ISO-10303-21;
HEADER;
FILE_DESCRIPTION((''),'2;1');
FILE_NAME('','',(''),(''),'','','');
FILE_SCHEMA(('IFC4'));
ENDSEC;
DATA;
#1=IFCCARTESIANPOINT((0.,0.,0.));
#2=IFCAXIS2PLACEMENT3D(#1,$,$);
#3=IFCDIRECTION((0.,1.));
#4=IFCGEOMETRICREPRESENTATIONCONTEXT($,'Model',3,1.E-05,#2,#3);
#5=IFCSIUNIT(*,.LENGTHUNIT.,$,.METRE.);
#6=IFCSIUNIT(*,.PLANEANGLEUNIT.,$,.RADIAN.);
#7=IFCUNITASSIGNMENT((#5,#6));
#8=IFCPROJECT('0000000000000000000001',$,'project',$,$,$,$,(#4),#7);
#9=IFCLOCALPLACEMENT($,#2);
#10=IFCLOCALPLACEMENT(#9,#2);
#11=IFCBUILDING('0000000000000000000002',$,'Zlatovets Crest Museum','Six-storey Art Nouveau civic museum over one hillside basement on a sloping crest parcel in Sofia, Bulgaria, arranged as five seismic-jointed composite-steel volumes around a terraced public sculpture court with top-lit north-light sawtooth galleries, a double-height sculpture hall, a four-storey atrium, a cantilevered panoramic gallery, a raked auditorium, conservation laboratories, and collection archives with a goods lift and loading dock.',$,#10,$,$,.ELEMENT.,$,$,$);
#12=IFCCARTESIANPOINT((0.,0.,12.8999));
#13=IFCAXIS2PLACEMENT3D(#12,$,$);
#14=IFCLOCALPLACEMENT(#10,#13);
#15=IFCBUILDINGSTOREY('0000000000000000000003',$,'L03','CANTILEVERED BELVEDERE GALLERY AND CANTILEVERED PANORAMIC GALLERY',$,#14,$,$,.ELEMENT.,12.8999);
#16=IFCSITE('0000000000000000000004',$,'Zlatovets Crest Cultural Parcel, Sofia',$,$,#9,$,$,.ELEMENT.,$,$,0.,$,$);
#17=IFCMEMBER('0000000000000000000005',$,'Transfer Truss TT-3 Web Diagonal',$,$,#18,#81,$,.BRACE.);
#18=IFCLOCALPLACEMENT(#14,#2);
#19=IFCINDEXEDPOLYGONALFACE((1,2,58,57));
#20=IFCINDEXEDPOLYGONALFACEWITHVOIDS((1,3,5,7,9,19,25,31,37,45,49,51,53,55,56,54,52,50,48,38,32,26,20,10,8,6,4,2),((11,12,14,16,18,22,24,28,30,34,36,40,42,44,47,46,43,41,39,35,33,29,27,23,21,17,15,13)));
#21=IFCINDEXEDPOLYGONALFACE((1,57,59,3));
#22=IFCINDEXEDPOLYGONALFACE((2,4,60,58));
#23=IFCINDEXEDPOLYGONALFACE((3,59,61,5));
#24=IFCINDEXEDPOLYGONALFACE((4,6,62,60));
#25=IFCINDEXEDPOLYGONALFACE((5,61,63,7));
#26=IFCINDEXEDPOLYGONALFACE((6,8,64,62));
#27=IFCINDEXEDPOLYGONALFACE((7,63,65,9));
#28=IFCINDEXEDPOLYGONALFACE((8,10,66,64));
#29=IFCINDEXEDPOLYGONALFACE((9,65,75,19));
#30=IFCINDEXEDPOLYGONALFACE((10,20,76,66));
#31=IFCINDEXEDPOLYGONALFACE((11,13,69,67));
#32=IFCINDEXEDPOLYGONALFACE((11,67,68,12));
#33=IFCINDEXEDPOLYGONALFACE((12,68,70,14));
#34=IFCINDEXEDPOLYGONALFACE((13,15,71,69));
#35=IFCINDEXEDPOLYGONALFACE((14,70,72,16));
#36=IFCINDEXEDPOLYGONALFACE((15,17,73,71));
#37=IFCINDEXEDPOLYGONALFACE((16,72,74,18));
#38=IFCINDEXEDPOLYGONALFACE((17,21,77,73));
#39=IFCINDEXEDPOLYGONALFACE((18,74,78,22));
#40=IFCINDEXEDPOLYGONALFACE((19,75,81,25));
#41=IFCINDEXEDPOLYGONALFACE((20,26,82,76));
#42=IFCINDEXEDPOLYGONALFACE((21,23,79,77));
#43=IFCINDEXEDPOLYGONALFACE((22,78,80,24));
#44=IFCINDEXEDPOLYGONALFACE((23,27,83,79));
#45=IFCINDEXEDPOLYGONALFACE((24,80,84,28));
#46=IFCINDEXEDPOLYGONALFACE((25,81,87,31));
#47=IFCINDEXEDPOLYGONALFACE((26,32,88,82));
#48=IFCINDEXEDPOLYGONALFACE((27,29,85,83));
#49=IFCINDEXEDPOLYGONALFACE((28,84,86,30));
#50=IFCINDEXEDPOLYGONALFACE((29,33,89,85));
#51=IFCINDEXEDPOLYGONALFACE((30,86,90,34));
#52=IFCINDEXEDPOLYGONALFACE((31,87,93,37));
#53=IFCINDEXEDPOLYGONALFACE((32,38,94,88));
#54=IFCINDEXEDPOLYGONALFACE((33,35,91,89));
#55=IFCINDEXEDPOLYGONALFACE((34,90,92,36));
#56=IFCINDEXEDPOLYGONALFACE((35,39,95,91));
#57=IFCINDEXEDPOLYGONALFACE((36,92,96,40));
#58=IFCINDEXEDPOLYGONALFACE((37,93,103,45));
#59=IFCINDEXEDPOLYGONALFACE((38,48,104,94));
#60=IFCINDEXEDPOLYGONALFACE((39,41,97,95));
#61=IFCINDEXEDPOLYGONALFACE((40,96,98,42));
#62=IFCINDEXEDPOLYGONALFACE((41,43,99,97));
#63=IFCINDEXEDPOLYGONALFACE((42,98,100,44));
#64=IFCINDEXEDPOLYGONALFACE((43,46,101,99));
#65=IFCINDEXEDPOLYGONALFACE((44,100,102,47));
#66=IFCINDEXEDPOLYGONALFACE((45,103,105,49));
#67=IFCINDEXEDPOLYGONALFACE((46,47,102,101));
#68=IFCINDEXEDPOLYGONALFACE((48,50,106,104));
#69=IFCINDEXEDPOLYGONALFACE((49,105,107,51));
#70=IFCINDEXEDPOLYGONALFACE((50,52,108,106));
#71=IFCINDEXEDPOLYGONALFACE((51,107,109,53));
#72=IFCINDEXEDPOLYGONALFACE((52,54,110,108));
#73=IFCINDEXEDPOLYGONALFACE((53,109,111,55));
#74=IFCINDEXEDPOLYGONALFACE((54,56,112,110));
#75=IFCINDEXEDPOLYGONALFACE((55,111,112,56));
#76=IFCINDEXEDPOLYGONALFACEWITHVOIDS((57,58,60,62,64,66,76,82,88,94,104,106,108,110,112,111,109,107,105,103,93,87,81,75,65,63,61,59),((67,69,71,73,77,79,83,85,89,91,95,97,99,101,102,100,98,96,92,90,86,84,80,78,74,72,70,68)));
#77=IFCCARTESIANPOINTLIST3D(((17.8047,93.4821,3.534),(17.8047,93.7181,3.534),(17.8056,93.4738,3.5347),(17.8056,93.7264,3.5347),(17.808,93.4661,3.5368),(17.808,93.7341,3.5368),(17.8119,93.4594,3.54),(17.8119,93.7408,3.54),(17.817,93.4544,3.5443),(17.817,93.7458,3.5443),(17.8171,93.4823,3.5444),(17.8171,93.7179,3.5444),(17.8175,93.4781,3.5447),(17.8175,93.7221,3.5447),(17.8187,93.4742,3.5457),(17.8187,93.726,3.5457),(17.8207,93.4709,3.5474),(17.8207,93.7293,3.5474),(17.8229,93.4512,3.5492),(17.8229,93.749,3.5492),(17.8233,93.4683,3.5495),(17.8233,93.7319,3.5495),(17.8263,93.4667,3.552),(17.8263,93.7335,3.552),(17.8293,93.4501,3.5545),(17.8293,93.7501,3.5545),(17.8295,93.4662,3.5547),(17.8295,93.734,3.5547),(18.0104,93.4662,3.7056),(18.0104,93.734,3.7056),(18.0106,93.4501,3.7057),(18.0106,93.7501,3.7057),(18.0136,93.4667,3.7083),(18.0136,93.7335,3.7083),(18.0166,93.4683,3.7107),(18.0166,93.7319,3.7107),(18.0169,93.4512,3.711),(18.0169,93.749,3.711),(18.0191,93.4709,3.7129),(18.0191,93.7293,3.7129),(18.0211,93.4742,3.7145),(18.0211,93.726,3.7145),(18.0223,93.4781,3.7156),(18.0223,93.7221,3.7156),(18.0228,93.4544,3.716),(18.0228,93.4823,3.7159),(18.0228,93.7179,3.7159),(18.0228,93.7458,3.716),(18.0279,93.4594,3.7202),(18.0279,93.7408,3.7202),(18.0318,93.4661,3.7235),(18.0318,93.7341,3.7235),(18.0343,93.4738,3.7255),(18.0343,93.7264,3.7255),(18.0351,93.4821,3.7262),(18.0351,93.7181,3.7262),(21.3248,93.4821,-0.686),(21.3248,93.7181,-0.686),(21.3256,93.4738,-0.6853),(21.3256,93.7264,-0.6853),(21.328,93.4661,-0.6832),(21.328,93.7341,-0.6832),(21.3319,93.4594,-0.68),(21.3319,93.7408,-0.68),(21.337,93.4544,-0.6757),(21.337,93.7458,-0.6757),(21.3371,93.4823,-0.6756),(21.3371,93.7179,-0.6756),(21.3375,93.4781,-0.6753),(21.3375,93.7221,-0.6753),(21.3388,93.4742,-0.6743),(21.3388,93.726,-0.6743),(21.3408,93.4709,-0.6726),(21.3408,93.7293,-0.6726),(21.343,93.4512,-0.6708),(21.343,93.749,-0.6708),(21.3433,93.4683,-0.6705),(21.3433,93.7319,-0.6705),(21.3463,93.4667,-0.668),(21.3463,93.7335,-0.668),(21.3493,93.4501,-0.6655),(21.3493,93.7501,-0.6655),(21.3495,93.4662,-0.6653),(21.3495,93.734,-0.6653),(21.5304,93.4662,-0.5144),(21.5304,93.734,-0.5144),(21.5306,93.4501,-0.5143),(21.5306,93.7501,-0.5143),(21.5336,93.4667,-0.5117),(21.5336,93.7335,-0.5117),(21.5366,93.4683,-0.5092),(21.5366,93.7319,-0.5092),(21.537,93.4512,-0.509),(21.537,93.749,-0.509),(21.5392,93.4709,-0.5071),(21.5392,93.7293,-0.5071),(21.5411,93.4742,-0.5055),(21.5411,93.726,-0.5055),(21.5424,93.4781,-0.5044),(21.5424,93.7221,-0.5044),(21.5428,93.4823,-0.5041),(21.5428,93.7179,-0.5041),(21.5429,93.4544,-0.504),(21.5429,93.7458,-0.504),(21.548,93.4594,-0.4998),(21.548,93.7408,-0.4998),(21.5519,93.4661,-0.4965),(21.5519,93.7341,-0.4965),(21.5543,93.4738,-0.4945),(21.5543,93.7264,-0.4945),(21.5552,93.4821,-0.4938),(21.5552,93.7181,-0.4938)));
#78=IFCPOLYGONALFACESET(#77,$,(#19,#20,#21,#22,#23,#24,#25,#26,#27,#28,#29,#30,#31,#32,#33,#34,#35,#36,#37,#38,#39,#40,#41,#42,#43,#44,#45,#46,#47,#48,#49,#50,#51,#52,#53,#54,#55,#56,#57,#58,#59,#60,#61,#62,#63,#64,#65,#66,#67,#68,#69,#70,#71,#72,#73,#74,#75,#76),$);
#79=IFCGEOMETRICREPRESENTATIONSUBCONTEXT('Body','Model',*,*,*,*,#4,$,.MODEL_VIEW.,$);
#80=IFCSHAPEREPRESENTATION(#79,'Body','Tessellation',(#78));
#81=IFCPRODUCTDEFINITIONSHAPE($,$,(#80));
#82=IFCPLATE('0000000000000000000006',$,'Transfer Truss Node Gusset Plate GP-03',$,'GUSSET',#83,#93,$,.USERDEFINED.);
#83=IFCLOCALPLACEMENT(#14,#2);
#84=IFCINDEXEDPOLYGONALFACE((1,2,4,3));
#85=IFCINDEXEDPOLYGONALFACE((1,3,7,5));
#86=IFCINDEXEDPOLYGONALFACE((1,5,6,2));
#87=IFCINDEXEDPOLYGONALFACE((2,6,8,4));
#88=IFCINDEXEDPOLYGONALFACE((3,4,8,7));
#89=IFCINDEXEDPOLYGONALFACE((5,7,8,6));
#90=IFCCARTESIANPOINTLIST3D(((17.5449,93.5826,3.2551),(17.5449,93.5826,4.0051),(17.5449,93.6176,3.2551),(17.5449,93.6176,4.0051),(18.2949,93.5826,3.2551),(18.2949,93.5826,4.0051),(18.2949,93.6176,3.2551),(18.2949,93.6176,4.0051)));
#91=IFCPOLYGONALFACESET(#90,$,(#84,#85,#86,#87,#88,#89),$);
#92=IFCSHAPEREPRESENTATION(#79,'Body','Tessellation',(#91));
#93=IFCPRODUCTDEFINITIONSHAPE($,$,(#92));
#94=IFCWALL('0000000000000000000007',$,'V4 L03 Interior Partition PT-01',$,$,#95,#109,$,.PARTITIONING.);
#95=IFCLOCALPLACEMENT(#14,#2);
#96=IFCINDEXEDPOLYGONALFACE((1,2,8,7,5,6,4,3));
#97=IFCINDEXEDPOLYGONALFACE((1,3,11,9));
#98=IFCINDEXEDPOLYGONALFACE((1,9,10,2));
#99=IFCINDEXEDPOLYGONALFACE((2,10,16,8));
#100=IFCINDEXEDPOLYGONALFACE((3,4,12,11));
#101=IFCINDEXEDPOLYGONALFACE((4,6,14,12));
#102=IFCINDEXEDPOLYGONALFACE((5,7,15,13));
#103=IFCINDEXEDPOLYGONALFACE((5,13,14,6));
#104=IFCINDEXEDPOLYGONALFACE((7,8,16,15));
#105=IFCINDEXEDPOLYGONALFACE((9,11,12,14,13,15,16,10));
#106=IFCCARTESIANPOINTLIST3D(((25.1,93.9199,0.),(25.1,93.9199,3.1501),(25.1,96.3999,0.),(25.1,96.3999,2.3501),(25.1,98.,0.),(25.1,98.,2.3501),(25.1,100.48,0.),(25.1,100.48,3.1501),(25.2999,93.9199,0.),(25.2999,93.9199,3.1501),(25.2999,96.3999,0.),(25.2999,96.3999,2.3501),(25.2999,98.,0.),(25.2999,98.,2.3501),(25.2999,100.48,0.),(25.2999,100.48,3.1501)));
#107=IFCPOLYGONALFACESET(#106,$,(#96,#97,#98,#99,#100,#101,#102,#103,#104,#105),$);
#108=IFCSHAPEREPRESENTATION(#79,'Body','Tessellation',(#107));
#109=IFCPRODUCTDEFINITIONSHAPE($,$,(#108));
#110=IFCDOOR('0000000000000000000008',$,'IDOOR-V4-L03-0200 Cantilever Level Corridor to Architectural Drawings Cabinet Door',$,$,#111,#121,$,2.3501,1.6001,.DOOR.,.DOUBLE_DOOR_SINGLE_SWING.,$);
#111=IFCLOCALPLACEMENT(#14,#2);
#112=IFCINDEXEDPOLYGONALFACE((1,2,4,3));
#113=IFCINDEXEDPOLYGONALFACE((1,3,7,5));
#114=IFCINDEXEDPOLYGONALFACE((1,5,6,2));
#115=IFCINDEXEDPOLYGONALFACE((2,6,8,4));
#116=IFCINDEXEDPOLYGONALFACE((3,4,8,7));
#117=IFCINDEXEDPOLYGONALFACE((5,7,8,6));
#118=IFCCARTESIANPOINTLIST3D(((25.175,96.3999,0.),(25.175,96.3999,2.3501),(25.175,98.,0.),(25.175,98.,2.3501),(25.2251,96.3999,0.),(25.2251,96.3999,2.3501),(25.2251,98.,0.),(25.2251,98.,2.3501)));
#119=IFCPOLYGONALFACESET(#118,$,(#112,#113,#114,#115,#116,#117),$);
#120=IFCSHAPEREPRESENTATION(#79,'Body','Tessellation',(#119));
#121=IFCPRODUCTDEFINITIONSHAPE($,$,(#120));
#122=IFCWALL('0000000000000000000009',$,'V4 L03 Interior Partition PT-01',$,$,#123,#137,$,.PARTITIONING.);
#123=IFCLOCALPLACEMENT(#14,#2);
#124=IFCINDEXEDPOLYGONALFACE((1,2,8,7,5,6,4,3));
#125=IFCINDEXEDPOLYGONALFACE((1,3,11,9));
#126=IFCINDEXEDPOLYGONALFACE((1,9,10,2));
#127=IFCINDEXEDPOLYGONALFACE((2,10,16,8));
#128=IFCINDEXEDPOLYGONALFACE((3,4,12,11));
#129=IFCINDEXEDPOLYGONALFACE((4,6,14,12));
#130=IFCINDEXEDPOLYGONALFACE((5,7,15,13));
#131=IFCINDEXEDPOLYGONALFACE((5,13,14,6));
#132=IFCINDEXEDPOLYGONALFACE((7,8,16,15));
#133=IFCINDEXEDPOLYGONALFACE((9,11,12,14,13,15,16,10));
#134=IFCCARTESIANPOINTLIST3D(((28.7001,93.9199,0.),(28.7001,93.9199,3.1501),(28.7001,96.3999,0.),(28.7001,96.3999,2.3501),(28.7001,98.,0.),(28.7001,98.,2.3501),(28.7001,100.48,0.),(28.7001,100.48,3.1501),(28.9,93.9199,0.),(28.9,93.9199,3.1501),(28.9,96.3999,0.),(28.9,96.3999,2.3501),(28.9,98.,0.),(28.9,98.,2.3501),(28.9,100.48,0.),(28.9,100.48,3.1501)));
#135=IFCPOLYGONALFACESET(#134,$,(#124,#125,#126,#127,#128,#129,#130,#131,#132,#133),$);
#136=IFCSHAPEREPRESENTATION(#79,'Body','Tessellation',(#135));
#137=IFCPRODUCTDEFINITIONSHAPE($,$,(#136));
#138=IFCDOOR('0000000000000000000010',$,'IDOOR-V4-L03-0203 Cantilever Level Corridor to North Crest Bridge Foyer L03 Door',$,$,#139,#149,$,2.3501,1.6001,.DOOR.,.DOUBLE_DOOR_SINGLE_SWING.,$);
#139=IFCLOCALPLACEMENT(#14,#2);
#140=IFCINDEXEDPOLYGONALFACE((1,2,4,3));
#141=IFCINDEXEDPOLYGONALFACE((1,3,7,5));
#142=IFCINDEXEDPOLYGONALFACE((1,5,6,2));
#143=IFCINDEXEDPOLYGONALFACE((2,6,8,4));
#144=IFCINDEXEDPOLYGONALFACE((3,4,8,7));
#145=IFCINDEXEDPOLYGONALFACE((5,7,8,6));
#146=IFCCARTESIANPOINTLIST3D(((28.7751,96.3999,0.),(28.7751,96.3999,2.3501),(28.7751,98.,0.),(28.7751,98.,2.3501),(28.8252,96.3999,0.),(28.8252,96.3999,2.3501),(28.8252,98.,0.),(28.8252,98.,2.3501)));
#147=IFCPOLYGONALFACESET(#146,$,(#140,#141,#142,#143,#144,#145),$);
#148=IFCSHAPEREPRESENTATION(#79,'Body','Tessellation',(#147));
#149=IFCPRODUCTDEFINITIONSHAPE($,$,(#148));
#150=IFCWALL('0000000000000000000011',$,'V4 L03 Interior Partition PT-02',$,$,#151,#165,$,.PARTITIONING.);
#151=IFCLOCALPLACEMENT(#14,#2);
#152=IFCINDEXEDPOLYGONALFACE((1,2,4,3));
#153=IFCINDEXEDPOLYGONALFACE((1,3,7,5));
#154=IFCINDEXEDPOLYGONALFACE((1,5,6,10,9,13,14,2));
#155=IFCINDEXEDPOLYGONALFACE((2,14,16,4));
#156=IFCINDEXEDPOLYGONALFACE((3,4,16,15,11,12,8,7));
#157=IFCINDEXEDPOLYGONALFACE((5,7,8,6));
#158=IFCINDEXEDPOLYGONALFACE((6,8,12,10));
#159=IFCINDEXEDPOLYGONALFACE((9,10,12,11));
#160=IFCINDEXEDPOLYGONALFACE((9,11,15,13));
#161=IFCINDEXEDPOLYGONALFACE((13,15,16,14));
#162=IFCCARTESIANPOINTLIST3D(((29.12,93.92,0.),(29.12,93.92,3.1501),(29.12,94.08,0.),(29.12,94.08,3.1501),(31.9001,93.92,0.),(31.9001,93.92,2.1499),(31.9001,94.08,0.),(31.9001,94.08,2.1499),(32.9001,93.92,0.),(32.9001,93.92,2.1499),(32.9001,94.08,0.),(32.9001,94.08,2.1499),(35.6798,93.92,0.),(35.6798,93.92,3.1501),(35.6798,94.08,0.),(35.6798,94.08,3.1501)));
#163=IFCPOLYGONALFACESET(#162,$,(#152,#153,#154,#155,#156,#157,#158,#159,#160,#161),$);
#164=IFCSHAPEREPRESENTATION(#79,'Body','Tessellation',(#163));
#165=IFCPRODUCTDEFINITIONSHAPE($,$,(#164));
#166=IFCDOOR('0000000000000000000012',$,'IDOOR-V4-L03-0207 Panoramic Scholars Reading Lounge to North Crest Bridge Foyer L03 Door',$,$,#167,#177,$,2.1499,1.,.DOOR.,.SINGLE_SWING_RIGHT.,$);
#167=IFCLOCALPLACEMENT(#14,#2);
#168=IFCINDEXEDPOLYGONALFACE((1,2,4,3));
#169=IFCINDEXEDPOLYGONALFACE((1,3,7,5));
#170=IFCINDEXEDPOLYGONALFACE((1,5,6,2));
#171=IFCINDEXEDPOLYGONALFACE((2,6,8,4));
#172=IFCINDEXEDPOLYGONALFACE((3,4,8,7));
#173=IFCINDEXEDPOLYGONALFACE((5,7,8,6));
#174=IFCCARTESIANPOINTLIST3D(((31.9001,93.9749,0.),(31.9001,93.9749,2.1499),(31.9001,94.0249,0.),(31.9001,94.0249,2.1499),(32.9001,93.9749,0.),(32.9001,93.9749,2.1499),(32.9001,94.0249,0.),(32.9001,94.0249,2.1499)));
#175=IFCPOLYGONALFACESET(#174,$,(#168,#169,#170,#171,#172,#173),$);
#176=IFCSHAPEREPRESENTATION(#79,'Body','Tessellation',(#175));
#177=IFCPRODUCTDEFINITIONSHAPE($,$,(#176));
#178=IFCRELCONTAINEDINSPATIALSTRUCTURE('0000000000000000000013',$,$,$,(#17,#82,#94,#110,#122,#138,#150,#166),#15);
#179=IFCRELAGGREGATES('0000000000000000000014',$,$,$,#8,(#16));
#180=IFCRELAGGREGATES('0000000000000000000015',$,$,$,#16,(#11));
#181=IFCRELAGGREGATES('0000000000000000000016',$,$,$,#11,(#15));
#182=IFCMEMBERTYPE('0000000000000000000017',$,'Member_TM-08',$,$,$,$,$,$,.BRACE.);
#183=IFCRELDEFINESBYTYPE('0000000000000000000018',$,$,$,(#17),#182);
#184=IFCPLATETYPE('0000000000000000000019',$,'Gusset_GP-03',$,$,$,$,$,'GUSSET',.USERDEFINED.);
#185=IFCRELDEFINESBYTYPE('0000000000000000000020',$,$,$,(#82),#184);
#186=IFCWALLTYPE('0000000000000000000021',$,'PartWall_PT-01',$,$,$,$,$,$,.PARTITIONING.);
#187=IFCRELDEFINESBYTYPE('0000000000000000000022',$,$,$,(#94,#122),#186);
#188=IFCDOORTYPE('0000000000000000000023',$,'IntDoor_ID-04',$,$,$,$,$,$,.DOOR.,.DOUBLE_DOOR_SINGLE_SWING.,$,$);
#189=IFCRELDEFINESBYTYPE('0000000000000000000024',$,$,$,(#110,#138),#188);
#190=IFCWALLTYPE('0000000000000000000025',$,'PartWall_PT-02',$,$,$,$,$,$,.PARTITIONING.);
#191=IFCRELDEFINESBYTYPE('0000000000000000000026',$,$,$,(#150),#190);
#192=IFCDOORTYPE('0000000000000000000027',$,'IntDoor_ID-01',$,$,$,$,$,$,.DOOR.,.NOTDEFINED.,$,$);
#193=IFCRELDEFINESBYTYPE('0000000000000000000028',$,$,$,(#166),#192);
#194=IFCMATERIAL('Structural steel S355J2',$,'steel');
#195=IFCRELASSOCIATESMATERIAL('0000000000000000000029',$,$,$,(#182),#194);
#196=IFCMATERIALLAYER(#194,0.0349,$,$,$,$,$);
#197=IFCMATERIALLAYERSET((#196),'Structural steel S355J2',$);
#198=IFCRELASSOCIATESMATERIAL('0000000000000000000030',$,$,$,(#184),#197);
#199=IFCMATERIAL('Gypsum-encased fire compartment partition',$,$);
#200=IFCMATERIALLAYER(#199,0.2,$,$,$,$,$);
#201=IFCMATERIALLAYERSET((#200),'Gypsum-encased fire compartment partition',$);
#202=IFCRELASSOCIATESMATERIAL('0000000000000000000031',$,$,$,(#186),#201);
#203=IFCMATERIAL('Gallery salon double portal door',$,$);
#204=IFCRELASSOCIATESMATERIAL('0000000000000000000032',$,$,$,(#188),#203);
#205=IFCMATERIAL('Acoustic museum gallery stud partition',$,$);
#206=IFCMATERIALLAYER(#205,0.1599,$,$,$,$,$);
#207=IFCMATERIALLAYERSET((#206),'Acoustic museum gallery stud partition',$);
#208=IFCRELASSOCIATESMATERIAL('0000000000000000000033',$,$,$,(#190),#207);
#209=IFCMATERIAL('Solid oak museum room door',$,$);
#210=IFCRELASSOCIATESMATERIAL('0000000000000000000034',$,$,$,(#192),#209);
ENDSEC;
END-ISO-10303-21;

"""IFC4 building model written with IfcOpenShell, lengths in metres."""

from ifc_helpers import new_model, si_unit, direction, frame, frame_2d, origin, origin_2d, place, context, subcontext, project, spatial, rectangle, hollow_rectangle, extrude, material, layer, layer_set, material_profile, profile_set, type_object, element, fill, save


model = new_model("IFC4")

# Units and contexts
model_context = context("Model", 3, precision=1e-05, world=origin(), true_north=direction((0.0, 1.0)))
body_context = subcontext(model_context, "Body", "Model", "MODEL_VIEW")
ifc_project = project(units=[si_unit("LENGTHUNIT", "METRE"), si_unit("PLANEANGLEUNIT", "RADIAN")], contexts=[model_context])

# Site, building, storey
site_placement = place(None, origin())
site = spatial("IfcSite", under=ifc_project, at=site_placement, Name="Zlatovets Crest Cultural Parcel, Sofia", CompositionType="ELEMENT", RefElevation=0.0)
building_placement = place(site_placement, origin())
building = spatial("IfcBuilding", under=site, at=building_placement, Name="Zlatovets Crest Museum", Description="Six-storey Art Nouveau civic museum over one hillside basement on a sloping crest parcel in Sofia, Bulgaria, arranged as five seismic-jointed composite-steel volumes around a terraced public sculpture court with top-lit north-light sawtooth galleries, a double-height sculpture hall, a four-storey atrium, a cantilevered panoramic gallery, a raked auditorium, conservation laboratories, and collection archives with a goods lift and loading dock.", CompositionType="ELEMENT")
storey_placement = place(building_placement, frame((0.0, 0.0, 12.8999)))
storey = spatial("IfcBuildingStorey", under=building, at=storey_placement, Name="L03", Description="CANTILEVERED BELVEDERE GALLERY AND CANTILEVERED PANORAMIC GALLERY", CompositionType="ELEMENT", Elevation=12.8999)

# Shared definitions
ifc_material_1 = material(Name="Structural steel S355J2", Category="steel")

# Member
ifc_material_profile_1 = material_profile(ifc_material_1, hollow_rectangle(XDim=0.3, YDim=0.3, WallThickness=0.0161, InnerFilletRadius=0.0161, OuterFilletRadius=0.032, at=origin_2d()), Name="SHS 300x300x16.0")
ifc_profile_set_1 = profile_set([ifc_material_profile_1], Name="Structural steel S355J2")
member_type = type_object("IfcMemberType", Name="Member_TM-08", PredefinedType="BRACE", material=ifc_profile_set_1)
for number, where, z_axis, x_axis, name in (
    (1, (17.9199, 93.6001, 3.6301), (0.640547, 0.0, -0.767919), (0.0, 1.0, 0.0), "Transfer Truss TT-3 Web Diagonal"),
):
    element("IfcMember", number, at=place(storey_placement, frame(where, z_axis=z_axis, x_axis=x_axis)), inside=storey, type_object=member_type, Name=name, PredefinedType="BRACE", context=body_context, shape_type="SweptSolid", body=[
        extrude(hollow_rectangle(XDim=0.3, YDim=0.3, WallThickness=0.0161, InnerFilletRadius=0.0161, OuterFilletRadius=0.032, at=origin_2d()), origin(), (0.0, 0.0, 1.0), 5.4954),
    ])

# Plate
ifc_layer_1 = layer(ifc_material_1, 0.0349)
ifc_layer_set_1 = layer_set([ifc_layer_1], Name="Structural steel S355J2")
plate_type = type_object("IfcPlateType", Name="Gusset_GP-03", ElementType="GUSSET", PredefinedType="USERDEFINED", material=ifc_layer_set_1)
plate_placement = place(storey_placement, frame((17.9199, 93.6001, 3.2551), z_axis=(0.0, 0.0, 1.0), x_axis=(1.0, 0.0, 0.0)))
element("IfcPlate", 2, at=plate_placement, inside=storey, type_object=plate_type, Name="Transfer Truss Node Gusset Plate GP-03", ObjectType="GUSSET", PredefinedType="USERDEFINED", context=body_context, shape_type="SweptSolid", body=[
    extrude(rectangle(XDim=0.75, YDim=0.0349, at=origin_2d()), origin(), (0.0, 0.0, 1.0), 0.75),
])

# Walls, openings, doors
ifc_material_2 = material(Name="Gypsum-encased fire compartment partition")
ifc_layer_2 = layer(ifc_material_2, 0.2)
ifc_layer_set_2 = layer_set([ifc_layer_2], Name="Gypsum-encased fire compartment partition")
wall_type_1 = type_object("IfcWallType", Name="PartWall_PT-01", PredefinedType="PARTITIONING", material=ifc_layer_set_2)
wall_1_placement = place(storey_placement, frame((25.2, 93.9199, 0.0), z_axis=(0.0, 0.0, 1.0), x_axis=(0.0, 1.0, 0.0)))
wall_1 = element("IfcWall", 3, at=wall_1_placement, inside=storey, type_object=wall_type_1, Name="V4 L03 Interior Partition PT-01", PredefinedType="PARTITIONING", context=body_context, shape_type="SweptSolid", body=[
    extrude(rectangle(XDim=6.5601, YDim=0.2, at=frame_2d((3.28, 0.0))), origin(), (0.0, 0.0, 1.0), 3.1501),
])
opening_1_placement = place(wall_1_placement, frame((2.48, 0.0, 0.0)))
opening_1 = element("IfcOpeningElement", 4, at=opening_1_placement, cuts=wall_1, PredefinedType="OPENING", context=body_context, shape_type="SweptSolid", body=[
    extrude(rectangle(XDim=1.6001, YDim=2.3501, at=frame_2d((0.8, 1.175))), frame((0.0, 0.1099, 0.0), z_axis=(0.0, -1.0, 0.0), x_axis=(1.0, 0.0, 0.0)), (0.0, 0.0, 1.0), 0.22),
])
ifc_material_3 = material(Name="Gallery salon double portal door")
door_type_1 = type_object("IfcDoorType", Name="IntDoor_ID-04", OperationType="DOUBLE_DOOR_SINGLE_SWING", PredefinedType="DOOR", material=ifc_material_3)
door_1_placement = place(opening_1_placement, origin())
door_1 = element("IfcDoor", 5, at=door_1_placement, inside=storey, type_object=door_type_1, Name="IDOOR-V4-L03-0200 Cantilever Level Corridor to Architectural Drawings Cabinet Door", OperationType="DOUBLE_DOOR_SINGLE_SWING", OverallHeight=2.3501, OverallWidth=1.6001, PredefinedType="DOOR", context=body_context, shape_type="SweptSolid", body=[
    extrude(rectangle(XDim=1.6001, YDim=2.3501, at=frame_2d((0.8, 1.175))), frame((0.0, 0.0249, 0.0), z_axis=(0.0, -1.0, 0.0), x_axis=(1.0, 0.0, 0.0)), (0.0, 0.0, 1.0), 0.05),
])
fill(opening_1, door_1)
wall_2_placement = place(storey_placement, frame((28.8, 93.9199, 0.0), z_axis=(0.0, 0.0, 1.0), x_axis=(0.0, 1.0, 0.0)))
wall_2 = element("IfcWall", 6, at=wall_2_placement, inside=storey, type_object=wall_type_1, Name="V4 L03 Interior Partition PT-01", PredefinedType="PARTITIONING", context=body_context, shape_type="SweptSolid", body=[
    extrude(rectangle(XDim=6.5601, YDim=0.2, at=frame_2d((3.28, 0.0))), origin(), (0.0, 0.0, 1.0), 3.1501),
])
opening_2_placement = place(wall_2_placement, frame((2.48, 0.0, 0.0)))
opening_2 = element("IfcOpeningElement", 7, at=opening_2_placement, cuts=wall_2, PredefinedType="OPENING", context=body_context, shape_type="SweptSolid", body=[
    extrude(rectangle(XDim=1.6001, YDim=2.3501, at=frame_2d((0.8, 1.175))), frame((0.0, 0.1099, 0.0), z_axis=(0.0, -1.0, 0.0), x_axis=(1.0, 0.0, 0.0)), (0.0, 0.0, 1.0), 0.22),
])
door_2_placement = place(opening_2_placement, origin())
door_2 = element("IfcDoor", 8, at=door_2_placement, inside=storey, type_object=door_type_1, Name="IDOOR-V4-L03-0203 Cantilever Level Corridor to North Crest Bridge Foyer L03 Door", OperationType="DOUBLE_DOOR_SINGLE_SWING", OverallHeight=2.3501, OverallWidth=1.6001, PredefinedType="DOOR", context=body_context, shape_type="SweptSolid", body=[
    extrude(rectangle(XDim=1.6001, YDim=2.3501, at=frame_2d((0.8, 1.175))), frame((0.0, 0.0249, 0.0), z_axis=(0.0, -1.0, 0.0), x_axis=(1.0, 0.0, 0.0)), (0.0, 0.0, 1.0), 0.05),
])
fill(opening_2, door_2)
ifc_material_4 = material(Name="Acoustic museum gallery stud partition")
ifc_layer_3 = layer(ifc_material_4, 0.1599)
ifc_layer_set_3 = layer_set([ifc_layer_3], Name="Acoustic museum gallery stud partition")
wall_type_2 = type_object("IfcWallType", Name="PartWall_PT-02", PredefinedType="PARTITIONING", material=ifc_layer_set_3)
wall_3_placement = place(storey_placement, frame((29.1201, 94.0, 0.0), z_axis=(0.0, 0.0, 1.0), x_axis=(1.0, 0.0, 0.0)))
wall_3 = element("IfcWall", 9, at=wall_3_placement, inside=storey, type_object=wall_type_2, Name="V4 L03 Interior Partition PT-02", PredefinedType="PARTITIONING", context=body_context, shape_type="SweptSolid", body=[
    extrude(rectangle(XDim=6.5598, YDim=0.1599, at=frame_2d((3.2798, 0.0))), origin(), (0.0, 0.0, 1.0), 3.1501),
])
opening_3_placement = place(wall_3_placement, frame((2.78, 0.0, 0.0)))
opening_3 = element("IfcOpeningElement", 10, at=opening_3_placement, cuts=wall_3, PredefinedType="OPENING", context=body_context, shape_type="SweptSolid", body=[
    extrude(rectangle(XDim=1.0, YDim=2.1499, at=frame_2d((0.5, 1.075))), frame((0.0, 0.0898, 0.0), z_axis=(0.0, -1.0, 0.0), x_axis=(1.0, 0.0, 0.0)), (0.0, 0.0, 1.0), 0.1799),
])
ifc_material_5 = material(Name="Solid oak museum room door")
door_type_2 = type_object("IfcDoorType", Name="IntDoor_ID-01", OperationType="NOTDEFINED", PredefinedType="DOOR", material=ifc_material_5)
door_3_placement = place(opening_3_placement, origin())
door_3 = element("IfcDoor", 11, at=door_3_placement, inside=storey, type_object=door_type_2, Name="IDOOR-V4-L03-0207 Panoramic Scholars Reading Lounge to North Crest Bridge Foyer L03 Door", OperationType="SINGLE_SWING_RIGHT", OverallHeight=2.1499, OverallWidth=1.0, PredefinedType="DOOR", context=body_context, shape_type="SweptSolid", body=[
    extrude(rectangle(XDim=1.0, YDim=2.1499, at=frame_2d((0.5, 1.075))), frame((0.0, 0.0249, 0.0), z_axis=(0.0, -1.0, 0.0), x_axis=(1.0, 0.0, 0.0)), (0.0, 0.0, 1.0), 0.05),
])
fill(opening_3, door_3)

save(model, "model.ifc")
